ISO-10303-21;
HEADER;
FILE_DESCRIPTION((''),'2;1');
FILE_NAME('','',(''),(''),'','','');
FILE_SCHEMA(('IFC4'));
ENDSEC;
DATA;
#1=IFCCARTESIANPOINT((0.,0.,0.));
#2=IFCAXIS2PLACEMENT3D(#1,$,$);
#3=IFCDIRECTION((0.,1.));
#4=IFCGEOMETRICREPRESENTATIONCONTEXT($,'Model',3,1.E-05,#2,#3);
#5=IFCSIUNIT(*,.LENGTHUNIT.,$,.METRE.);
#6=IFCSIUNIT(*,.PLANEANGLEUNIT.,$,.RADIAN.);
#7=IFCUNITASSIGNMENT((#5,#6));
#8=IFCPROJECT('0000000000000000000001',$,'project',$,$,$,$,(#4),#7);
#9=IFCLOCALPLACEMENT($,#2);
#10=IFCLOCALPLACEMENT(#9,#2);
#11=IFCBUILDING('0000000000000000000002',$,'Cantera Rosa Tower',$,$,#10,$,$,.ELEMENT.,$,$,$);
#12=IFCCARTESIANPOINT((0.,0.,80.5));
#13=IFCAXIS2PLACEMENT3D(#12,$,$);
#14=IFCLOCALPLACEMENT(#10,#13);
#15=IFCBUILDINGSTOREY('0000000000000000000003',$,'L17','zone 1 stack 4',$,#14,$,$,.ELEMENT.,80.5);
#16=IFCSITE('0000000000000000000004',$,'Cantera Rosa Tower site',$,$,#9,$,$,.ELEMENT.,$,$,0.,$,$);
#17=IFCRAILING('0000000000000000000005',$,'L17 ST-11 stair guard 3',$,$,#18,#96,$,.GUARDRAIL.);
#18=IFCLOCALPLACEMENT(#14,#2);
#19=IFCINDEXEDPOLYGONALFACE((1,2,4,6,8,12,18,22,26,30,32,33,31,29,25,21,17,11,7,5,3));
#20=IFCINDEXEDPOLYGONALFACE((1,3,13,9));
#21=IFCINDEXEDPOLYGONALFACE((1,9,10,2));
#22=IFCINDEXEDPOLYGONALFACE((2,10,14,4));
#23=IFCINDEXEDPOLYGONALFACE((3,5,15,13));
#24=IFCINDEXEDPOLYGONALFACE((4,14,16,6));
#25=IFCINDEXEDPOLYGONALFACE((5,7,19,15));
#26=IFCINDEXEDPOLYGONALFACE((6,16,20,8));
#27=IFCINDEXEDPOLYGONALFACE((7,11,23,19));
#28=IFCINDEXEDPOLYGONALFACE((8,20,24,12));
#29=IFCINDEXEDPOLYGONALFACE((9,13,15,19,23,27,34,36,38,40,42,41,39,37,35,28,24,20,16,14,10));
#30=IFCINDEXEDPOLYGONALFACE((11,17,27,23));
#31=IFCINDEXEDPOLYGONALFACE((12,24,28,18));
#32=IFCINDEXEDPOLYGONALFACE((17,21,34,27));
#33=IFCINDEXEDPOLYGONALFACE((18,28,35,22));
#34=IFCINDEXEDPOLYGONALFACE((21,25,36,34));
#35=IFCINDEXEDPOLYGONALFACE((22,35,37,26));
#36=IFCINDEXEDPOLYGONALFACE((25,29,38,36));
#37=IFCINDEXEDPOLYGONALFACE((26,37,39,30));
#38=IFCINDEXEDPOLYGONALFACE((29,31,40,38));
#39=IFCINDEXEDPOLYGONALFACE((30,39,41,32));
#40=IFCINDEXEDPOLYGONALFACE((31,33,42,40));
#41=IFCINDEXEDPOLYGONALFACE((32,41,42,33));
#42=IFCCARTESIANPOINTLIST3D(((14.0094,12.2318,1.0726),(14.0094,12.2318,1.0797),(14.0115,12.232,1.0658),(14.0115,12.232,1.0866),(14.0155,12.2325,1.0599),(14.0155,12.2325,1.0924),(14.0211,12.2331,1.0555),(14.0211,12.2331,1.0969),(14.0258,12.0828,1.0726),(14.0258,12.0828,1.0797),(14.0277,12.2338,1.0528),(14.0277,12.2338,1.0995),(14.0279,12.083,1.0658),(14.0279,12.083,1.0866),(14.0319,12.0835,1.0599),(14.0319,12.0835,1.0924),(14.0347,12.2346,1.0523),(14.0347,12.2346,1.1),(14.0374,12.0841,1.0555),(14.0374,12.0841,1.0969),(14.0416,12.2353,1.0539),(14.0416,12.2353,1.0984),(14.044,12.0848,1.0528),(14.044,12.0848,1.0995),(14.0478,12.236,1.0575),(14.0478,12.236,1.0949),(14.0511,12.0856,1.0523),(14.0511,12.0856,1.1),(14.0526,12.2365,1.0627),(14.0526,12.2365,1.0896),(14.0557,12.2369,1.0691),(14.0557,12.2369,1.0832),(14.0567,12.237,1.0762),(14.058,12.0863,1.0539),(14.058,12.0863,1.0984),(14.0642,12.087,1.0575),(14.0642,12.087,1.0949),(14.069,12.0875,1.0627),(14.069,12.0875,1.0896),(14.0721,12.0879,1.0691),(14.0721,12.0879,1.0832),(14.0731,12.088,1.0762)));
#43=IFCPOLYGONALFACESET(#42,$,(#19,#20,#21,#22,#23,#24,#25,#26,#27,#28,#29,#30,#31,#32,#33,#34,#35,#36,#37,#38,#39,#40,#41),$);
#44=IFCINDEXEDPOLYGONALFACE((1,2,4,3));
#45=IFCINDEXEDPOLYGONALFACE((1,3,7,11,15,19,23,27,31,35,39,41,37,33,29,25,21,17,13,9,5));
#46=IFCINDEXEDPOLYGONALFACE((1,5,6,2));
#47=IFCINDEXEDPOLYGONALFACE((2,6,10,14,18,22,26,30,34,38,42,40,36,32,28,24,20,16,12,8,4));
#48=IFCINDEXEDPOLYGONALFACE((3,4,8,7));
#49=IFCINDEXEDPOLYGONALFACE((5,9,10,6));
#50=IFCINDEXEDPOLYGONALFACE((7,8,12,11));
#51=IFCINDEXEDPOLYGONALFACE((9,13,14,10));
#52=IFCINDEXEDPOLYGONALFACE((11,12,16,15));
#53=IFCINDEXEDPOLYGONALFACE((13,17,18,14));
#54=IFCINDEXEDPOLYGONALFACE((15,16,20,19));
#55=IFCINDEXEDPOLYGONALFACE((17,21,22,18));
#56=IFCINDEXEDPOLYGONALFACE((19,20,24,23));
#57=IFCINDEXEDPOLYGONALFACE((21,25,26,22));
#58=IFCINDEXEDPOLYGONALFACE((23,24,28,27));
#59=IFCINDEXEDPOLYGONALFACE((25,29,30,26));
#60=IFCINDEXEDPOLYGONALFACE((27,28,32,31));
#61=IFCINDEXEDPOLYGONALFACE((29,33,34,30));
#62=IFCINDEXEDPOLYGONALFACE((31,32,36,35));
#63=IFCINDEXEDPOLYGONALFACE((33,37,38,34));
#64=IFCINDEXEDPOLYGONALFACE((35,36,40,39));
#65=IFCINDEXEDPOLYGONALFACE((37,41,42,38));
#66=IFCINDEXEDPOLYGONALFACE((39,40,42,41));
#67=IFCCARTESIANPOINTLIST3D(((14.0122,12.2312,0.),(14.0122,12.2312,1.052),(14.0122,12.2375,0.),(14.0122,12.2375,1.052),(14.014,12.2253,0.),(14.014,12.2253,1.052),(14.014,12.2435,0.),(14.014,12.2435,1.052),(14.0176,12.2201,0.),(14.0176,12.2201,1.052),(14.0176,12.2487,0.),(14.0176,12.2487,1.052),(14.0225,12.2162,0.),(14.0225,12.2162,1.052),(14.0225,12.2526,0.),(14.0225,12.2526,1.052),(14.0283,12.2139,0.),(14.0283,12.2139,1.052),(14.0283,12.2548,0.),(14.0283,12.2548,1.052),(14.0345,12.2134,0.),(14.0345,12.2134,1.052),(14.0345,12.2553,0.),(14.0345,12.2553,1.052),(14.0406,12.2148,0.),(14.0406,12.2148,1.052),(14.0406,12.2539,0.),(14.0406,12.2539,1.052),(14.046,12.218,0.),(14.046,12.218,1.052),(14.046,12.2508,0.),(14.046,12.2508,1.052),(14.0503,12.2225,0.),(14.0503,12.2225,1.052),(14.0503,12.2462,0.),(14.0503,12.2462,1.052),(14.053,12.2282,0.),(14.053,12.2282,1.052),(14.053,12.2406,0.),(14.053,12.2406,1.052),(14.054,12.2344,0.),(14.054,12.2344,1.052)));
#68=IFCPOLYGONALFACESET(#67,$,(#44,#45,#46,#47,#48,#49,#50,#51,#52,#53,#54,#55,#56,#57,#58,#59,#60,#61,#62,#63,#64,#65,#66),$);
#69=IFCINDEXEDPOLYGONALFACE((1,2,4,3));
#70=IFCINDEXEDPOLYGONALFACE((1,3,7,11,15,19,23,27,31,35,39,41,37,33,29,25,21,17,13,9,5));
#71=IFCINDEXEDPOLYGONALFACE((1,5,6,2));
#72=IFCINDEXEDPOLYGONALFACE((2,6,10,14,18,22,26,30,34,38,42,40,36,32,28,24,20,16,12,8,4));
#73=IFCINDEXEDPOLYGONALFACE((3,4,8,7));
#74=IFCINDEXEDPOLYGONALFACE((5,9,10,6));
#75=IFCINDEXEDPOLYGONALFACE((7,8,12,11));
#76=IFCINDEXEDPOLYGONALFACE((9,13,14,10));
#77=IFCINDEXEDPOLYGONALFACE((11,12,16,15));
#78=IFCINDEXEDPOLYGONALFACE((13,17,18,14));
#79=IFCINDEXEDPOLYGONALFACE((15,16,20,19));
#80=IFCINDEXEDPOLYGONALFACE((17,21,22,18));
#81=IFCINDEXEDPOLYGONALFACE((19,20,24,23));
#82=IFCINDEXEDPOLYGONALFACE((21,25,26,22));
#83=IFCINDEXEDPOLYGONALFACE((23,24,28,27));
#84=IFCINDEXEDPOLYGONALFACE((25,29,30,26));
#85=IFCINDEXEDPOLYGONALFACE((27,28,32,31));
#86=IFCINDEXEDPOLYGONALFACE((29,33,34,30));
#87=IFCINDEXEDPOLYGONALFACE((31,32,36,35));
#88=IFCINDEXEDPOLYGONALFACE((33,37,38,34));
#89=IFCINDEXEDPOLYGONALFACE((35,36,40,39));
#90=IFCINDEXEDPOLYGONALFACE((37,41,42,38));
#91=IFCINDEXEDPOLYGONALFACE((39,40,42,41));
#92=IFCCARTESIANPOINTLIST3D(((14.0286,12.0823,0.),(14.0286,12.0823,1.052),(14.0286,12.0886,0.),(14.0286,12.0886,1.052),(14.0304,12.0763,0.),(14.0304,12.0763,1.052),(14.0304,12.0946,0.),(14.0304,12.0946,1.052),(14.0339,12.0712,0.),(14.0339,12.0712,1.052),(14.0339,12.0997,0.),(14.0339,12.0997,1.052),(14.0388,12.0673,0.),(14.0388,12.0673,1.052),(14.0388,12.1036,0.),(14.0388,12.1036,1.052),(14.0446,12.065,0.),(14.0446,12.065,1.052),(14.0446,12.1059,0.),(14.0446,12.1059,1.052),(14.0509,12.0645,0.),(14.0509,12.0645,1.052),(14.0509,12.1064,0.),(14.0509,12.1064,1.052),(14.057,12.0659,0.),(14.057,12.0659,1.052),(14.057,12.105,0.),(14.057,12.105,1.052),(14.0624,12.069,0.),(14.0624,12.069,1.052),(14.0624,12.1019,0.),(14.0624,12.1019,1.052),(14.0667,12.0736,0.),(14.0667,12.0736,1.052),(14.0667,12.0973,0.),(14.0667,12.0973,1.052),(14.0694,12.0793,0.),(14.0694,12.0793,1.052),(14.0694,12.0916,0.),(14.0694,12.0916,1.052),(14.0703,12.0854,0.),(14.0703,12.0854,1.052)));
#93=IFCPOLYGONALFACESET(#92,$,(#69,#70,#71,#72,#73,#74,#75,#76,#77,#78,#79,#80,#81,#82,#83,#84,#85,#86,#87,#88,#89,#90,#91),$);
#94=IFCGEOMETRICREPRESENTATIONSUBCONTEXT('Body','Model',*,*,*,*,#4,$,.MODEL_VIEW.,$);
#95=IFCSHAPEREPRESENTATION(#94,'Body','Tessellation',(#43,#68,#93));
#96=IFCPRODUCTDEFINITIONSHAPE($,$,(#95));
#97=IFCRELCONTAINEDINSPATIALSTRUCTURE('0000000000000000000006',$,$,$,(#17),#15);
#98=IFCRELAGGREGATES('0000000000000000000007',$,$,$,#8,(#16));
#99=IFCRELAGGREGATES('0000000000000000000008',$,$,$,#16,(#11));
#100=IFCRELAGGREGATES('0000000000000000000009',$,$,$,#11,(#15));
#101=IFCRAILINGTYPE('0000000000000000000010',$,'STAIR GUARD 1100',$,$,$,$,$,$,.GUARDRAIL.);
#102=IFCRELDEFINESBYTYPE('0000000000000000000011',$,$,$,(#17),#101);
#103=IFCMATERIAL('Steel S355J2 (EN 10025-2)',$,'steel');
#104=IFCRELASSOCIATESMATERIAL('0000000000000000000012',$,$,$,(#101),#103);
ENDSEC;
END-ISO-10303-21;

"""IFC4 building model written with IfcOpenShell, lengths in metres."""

from ifc_helpers import new_model, si_unit, direction, frame, origin, origin_2d, place, context, subcontext, project, spatial, circle, extrude, material, type_object, element, save


model = new_model("IFC4")

# Units and contexts
model_context = context("Model", 3, precision=1e-05, world=origin(), true_north=direction((0.0, 1.0)))
body_context = subcontext(model_context, "Body", "Model", "MODEL_VIEW")
ifc_project = project(units=[si_unit("LENGTHUNIT", "METRE"), si_unit("PLANEANGLEUNIT", "RADIAN")], contexts=[model_context])

# Site, building, storey
site_placement = place(None, origin())
site = spatial("IfcSite", under=ifc_project, at=site_placement, Name="Cantera Rosa Tower site", CompositionType="ELEMENT", RefElevation=0.0)
building_placement = place(site_placement, origin())
building = spatial("IfcBuilding", under=site, at=building_placement, Name="Cantera Rosa Tower", CompositionType="ELEMENT")
storey_placement = place(building_placement, frame((0.0, 0.0, 80.5)))
storey = spatial("IfcBuildingStorey", under=building, at=storey_placement, Name="L17", Description="zone 1 stack 4", CompositionType="ELEMENT", Elevation=80.5)

# Railing
ifc_material_1 = material(Name="Steel S355J2 (EN 10025-2)", Category="steel")
railing_type_1 = type_object("IfcRailingType", Name="STAIR GUARD 1100", PredefinedType="GUARDRAIL", material=ifc_material_1)
railing_1_placement = place(storey_placement, frame((14.033, 12.2344, 0.0)))
element("IfcRailing", 1, at=railing_1_placement, inside=storey, type_object=railing_type_1, Name="L17 ST-11 stair guard 3", PredefinedType="GUARDRAIL", context=body_context, shape_type="SweptSolid", body=[
    extrude(circle(Radius=0.0239, at=origin_2d()), frame((0.0, 0.0, 1.0762), z_axis=(0.109179, -0.994022, 0.0), x_axis=(0.994022, 0.109179, 0.0)), (0.0, 0.0, 1.0), 0.1499),
    extrude(circle(Radius=0.021, at=origin_2d()), origin(), (0.0, 0.0, 1.0), 1.052),
    extrude(circle(Radius=0.021, at=origin_2d()), frame((0.0164, -0.1489, 0.0)), (0.0, 0.0, 1.0), 1.052),
])

save(model, "model.ifc")
